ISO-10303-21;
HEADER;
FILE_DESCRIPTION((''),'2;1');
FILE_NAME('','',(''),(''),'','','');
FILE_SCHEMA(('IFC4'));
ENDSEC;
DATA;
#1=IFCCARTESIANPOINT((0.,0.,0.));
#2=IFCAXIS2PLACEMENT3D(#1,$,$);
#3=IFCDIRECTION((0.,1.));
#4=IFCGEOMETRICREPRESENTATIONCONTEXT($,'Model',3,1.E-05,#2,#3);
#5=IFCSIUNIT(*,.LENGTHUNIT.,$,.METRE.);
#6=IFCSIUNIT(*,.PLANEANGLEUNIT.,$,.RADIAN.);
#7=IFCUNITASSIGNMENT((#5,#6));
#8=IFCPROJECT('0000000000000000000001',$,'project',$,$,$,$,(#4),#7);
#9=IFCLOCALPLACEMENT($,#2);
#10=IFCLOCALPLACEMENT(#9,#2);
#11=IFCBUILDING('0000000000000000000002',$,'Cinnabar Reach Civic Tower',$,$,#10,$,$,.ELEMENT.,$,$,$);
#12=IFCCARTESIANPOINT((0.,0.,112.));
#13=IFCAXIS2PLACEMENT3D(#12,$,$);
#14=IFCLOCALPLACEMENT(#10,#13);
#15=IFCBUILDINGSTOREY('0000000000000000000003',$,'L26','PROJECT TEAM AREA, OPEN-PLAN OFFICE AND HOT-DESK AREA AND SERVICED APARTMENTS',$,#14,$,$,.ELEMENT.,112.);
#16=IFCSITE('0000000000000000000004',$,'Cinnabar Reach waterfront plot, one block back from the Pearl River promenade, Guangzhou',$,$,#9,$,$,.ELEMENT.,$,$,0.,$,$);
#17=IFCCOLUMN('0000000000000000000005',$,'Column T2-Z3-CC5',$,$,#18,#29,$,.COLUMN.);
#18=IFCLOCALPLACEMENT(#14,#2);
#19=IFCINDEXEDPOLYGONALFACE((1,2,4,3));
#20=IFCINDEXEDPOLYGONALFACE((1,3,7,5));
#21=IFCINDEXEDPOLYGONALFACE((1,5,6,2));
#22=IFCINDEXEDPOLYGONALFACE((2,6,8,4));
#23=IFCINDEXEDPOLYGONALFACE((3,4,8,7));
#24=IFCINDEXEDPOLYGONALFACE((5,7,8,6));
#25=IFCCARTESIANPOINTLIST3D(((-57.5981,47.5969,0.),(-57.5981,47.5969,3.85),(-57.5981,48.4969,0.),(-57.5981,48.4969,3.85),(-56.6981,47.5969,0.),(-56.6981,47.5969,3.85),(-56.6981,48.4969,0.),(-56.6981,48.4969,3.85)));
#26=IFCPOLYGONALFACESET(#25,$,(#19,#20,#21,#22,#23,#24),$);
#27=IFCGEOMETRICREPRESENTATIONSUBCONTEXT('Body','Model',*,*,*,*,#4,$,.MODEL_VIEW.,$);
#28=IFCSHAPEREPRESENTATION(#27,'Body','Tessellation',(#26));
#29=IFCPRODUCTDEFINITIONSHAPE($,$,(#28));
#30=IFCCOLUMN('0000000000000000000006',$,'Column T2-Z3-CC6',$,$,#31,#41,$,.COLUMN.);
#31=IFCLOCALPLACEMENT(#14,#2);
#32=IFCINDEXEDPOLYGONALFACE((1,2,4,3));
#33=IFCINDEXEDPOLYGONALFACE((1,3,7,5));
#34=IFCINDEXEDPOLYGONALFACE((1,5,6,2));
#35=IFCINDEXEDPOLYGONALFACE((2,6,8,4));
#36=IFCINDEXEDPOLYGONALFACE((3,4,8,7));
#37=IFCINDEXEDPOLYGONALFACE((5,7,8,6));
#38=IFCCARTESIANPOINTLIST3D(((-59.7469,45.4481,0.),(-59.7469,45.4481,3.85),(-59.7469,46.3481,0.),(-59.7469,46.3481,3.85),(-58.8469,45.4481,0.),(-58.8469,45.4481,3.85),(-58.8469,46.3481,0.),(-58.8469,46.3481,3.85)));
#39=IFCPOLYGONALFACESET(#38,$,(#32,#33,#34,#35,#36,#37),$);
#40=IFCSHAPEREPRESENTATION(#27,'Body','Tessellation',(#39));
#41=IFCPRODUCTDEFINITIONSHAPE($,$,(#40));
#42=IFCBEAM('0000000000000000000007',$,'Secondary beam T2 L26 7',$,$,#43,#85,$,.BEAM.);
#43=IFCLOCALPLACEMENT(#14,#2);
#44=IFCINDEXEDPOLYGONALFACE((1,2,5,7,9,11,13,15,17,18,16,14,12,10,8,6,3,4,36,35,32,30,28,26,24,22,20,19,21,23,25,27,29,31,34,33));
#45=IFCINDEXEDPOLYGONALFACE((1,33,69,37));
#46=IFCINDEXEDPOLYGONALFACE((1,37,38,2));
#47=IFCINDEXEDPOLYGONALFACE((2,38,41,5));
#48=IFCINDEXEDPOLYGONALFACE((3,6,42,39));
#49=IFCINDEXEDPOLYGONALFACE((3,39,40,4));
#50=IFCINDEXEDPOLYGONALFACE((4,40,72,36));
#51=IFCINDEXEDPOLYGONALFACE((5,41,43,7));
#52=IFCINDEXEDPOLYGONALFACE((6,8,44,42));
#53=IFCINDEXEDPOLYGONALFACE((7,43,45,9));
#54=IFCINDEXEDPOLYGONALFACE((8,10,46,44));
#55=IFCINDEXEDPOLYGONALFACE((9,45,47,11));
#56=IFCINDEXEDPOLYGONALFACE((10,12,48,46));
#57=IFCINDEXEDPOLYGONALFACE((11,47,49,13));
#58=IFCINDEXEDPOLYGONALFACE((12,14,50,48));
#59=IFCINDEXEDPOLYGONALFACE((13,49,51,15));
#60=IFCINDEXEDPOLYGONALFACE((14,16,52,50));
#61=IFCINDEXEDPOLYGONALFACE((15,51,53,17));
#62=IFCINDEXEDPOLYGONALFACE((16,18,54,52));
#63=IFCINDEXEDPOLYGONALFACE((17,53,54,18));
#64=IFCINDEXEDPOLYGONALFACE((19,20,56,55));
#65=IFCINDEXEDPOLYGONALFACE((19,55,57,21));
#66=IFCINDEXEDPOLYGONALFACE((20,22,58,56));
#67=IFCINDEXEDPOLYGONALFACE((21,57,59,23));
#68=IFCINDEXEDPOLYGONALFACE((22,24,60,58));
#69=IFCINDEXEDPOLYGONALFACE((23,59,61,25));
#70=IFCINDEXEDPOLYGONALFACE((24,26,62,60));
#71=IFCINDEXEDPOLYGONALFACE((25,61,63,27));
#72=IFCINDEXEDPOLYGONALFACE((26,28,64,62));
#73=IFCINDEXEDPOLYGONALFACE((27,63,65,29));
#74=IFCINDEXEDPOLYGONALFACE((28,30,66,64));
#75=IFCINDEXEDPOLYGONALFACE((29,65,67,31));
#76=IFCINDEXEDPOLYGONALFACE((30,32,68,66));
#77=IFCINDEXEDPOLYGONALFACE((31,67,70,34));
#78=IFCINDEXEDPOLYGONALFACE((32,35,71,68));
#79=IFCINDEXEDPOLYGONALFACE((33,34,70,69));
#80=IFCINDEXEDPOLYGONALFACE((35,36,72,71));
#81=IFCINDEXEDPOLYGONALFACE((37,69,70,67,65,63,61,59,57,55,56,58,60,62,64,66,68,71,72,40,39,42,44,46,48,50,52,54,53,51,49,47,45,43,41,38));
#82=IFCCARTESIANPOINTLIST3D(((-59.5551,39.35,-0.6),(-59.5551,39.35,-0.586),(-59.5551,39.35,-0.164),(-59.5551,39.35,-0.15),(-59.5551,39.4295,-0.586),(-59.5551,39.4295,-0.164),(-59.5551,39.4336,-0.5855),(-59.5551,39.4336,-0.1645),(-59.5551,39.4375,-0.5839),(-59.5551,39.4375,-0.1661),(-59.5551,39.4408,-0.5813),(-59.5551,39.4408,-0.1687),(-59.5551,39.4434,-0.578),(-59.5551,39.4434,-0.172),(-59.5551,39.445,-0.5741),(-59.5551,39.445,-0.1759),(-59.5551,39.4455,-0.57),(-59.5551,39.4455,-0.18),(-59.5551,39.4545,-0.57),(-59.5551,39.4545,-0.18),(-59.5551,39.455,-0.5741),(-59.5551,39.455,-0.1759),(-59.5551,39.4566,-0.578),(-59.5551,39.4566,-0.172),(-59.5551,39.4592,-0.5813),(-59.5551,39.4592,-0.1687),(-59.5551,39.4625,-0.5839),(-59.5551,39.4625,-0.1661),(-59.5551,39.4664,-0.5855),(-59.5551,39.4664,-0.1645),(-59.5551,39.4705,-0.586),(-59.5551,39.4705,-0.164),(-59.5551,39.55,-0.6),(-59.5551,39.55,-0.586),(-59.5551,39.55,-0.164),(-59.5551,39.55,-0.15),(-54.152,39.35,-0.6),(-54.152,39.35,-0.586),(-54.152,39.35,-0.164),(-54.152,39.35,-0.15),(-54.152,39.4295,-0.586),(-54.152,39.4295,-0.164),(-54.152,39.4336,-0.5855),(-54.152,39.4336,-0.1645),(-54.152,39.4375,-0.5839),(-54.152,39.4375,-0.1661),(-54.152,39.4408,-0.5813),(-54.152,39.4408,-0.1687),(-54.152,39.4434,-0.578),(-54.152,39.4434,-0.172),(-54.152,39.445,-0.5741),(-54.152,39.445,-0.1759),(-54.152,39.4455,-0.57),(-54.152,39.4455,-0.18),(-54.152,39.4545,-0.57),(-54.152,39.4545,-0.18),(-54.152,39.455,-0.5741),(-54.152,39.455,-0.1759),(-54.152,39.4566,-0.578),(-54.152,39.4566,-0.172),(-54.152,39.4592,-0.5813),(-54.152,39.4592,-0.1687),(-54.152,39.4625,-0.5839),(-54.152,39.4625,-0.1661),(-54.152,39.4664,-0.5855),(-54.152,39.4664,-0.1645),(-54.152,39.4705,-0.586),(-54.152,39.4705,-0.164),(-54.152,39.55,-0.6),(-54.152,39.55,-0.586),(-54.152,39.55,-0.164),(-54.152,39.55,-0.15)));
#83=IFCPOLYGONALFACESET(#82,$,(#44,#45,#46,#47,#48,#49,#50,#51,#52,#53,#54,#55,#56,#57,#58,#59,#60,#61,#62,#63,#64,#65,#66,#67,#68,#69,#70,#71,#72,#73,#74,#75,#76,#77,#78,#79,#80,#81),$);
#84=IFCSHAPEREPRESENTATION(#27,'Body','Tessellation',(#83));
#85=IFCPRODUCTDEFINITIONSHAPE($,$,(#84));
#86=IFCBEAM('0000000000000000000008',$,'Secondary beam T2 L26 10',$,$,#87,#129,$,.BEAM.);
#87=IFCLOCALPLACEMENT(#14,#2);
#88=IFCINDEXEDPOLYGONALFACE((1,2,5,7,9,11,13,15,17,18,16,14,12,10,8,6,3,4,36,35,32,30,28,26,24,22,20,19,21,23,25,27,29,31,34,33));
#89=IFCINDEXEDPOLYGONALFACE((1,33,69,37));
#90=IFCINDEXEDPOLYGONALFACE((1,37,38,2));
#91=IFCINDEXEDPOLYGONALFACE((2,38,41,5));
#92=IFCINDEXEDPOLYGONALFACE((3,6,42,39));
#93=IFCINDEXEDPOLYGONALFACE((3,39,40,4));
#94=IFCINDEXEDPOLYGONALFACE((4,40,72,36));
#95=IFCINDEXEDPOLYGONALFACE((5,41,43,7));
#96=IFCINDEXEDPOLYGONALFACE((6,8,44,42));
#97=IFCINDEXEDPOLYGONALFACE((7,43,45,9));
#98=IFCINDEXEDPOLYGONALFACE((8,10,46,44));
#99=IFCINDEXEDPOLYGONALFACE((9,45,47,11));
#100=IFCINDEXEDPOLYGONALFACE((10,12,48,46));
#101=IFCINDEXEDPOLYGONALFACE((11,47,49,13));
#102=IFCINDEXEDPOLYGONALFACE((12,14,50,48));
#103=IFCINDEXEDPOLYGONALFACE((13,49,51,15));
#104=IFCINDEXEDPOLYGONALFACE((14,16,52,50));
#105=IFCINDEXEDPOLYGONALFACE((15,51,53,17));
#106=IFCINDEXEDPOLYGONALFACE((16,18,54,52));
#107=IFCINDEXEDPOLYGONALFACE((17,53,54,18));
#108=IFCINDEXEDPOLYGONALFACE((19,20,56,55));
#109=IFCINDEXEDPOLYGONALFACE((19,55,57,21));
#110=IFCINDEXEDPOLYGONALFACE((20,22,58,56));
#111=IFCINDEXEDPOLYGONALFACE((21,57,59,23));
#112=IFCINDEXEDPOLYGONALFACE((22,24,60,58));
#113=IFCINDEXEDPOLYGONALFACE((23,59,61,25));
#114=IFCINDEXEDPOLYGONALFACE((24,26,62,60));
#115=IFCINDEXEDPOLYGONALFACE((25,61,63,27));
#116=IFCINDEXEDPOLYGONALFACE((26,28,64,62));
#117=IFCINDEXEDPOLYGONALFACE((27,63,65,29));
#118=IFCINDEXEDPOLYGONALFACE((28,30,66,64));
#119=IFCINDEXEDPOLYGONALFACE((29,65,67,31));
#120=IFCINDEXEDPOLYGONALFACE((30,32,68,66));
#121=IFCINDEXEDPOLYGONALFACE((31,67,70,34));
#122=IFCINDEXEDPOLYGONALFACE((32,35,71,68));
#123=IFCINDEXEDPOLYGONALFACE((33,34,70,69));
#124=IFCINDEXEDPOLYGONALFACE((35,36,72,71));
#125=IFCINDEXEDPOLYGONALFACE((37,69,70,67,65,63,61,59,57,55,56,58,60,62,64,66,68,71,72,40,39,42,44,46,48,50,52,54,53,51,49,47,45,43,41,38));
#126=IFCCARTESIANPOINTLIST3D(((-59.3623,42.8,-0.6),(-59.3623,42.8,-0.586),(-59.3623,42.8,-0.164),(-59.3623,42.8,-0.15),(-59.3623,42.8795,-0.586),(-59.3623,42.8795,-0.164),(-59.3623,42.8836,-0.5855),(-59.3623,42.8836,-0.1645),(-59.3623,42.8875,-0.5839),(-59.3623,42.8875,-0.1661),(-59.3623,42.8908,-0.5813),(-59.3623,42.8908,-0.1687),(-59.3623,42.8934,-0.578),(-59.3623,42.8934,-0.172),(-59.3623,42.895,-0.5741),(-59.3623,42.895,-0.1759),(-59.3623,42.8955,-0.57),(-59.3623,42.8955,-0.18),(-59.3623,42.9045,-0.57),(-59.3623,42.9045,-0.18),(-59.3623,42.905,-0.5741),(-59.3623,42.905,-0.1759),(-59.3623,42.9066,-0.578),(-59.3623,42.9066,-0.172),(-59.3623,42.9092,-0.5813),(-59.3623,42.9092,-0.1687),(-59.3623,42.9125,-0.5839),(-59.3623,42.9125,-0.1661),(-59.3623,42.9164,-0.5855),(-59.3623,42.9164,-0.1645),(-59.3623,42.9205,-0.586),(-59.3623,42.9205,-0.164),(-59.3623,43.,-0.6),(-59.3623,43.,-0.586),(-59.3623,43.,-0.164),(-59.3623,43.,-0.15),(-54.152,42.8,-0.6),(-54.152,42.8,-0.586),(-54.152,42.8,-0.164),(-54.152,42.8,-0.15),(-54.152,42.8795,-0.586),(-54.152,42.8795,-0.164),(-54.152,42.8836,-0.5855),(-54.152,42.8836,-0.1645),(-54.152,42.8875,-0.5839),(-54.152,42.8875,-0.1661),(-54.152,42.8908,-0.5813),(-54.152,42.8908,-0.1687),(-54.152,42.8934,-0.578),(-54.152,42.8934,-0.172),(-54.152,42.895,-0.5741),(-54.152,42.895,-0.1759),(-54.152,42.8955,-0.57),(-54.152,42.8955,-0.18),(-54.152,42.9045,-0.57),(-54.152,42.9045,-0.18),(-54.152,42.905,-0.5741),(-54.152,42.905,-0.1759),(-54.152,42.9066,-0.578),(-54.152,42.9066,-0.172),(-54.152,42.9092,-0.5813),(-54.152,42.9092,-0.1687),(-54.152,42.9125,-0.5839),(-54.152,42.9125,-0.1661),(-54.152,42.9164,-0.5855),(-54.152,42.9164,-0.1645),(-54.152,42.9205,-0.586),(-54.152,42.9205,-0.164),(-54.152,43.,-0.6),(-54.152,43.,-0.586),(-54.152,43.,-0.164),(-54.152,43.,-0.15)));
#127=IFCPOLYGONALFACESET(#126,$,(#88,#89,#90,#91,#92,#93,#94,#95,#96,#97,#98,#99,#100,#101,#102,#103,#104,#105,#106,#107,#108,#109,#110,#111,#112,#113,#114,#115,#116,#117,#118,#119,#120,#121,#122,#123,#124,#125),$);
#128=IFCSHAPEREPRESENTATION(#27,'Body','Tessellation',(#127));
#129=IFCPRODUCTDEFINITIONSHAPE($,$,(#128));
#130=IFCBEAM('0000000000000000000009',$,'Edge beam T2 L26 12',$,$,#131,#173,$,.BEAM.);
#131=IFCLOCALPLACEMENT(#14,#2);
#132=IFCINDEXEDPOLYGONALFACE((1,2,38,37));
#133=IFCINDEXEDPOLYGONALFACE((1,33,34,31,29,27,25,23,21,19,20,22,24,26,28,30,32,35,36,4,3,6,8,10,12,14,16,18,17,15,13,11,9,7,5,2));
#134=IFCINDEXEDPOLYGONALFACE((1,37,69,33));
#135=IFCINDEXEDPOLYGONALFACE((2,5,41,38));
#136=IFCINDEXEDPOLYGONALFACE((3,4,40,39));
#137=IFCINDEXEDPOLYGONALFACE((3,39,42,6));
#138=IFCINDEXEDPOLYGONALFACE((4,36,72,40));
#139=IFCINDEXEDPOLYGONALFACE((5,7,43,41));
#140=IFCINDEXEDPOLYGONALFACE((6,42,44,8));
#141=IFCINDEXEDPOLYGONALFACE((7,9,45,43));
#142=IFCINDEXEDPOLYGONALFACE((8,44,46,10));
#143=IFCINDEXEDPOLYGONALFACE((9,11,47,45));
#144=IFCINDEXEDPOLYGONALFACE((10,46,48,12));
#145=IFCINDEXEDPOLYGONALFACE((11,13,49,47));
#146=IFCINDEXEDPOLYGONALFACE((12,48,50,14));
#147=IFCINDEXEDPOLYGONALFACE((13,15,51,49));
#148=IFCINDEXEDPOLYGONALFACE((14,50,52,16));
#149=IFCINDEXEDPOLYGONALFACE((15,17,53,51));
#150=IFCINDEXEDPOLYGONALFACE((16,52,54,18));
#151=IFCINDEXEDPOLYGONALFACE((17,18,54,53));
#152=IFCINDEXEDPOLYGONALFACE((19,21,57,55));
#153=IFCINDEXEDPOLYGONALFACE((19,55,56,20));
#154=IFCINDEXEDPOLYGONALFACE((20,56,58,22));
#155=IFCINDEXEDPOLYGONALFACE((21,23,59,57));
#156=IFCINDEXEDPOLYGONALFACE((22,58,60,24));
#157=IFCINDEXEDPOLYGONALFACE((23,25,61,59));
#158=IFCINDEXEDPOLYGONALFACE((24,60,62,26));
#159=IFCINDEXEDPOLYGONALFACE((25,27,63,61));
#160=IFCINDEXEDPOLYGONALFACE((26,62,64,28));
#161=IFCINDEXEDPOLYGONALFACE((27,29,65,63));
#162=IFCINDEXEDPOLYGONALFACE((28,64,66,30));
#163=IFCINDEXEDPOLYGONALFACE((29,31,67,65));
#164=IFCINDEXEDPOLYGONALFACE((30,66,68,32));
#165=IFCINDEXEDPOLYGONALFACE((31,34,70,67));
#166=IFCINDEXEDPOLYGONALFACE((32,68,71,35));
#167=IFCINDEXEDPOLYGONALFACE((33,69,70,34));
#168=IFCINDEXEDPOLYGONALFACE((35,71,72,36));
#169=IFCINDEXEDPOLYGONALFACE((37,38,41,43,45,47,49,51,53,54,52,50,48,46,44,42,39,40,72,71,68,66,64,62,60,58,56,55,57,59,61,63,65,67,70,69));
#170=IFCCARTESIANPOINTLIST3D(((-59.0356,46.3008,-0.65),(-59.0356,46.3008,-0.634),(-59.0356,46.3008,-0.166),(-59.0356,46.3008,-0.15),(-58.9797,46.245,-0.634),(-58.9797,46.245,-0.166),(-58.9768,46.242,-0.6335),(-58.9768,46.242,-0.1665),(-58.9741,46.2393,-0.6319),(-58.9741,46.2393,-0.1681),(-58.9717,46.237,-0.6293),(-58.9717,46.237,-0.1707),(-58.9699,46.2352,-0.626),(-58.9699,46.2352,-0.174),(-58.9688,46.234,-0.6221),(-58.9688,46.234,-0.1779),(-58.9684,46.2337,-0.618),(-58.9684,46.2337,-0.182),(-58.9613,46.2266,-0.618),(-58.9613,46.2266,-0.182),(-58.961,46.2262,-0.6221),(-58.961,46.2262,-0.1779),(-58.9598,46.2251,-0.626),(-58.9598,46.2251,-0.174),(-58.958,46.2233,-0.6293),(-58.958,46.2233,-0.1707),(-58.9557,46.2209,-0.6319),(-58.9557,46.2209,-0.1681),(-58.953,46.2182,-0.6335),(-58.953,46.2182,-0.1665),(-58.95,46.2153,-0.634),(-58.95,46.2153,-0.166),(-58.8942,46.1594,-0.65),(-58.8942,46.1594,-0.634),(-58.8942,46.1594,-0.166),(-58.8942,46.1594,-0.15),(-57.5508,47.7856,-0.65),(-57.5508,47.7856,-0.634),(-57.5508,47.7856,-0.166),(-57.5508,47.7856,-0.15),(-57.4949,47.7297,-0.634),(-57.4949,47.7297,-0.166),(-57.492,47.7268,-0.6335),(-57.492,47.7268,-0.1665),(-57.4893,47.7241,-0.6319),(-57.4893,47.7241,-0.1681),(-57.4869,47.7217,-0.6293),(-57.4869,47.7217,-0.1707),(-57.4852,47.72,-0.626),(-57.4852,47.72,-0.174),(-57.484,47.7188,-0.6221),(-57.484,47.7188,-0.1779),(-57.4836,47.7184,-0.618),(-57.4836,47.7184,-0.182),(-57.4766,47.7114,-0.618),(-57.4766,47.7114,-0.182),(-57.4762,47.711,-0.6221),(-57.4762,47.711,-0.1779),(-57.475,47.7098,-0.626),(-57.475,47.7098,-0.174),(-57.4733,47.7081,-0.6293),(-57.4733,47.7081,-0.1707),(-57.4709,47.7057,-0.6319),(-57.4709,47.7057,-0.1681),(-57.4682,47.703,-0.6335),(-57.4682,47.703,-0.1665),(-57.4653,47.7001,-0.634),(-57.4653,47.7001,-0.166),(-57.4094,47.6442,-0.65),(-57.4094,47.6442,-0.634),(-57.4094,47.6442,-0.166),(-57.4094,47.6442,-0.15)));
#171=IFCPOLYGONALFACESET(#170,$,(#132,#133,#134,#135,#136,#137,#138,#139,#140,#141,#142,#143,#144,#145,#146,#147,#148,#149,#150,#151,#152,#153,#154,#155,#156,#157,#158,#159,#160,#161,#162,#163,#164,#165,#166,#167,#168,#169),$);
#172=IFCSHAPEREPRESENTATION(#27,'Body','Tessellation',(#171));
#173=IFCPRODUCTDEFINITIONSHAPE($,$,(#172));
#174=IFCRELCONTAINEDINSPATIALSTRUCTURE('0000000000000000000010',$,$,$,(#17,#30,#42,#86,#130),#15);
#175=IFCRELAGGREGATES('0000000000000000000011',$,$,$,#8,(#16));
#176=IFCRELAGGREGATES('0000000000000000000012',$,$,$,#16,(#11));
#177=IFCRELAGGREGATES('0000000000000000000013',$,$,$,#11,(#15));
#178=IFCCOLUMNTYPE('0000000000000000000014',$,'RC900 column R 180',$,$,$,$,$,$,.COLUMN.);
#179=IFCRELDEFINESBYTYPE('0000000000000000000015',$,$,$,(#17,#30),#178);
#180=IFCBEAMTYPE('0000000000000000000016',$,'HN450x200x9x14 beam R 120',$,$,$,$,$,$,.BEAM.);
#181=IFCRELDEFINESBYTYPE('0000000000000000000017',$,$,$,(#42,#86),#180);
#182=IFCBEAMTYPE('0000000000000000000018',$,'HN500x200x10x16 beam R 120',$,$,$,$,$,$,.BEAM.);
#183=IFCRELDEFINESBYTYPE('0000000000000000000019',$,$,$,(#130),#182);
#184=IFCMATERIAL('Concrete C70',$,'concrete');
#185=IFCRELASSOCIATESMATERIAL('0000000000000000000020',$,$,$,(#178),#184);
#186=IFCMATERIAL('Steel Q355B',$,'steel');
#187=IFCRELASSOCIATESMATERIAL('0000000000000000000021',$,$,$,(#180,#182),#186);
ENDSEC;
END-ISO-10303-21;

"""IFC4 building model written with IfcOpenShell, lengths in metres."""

from ifc_helpers import new_model, si_unit, direction, frame, origin, origin_2d, place, context, subcontext, project, spatial, rectangle, i_section, extrude, material, material_profile, profile_set, type_object, element, save


model = new_model("IFC4")

# Units and contexts
model_context = context("Model", 3, precision=1e-05, world=origin(), true_north=direction((0.0, 1.0)))
body_context = subcontext(model_context, "Body", "Model", "MODEL_VIEW")
ifc_project = project(units=[si_unit("LENGTHUNIT", "METRE"), si_unit("PLANEANGLEUNIT", "RADIAN")], contexts=[model_context])

# Site, building, storey
site_placement = place(None, origin())
site = spatial("IfcSite", under=ifc_project, at=site_placement, Name="Cinnabar Reach waterfront plot, one block back from the Pearl River promenade, Guangzhou", CompositionType="ELEMENT", RefElevation=0.0)
building_placement = place(site_placement, origin())
building = spatial("IfcBuilding", under=site, at=building_placement, Name="Cinnabar Reach Civic Tower", CompositionType="ELEMENT")
storey_placement = place(building_placement, frame((0.0, 0.0, 112.0)))
storey = spatial("IfcBuildingStorey", under=building, at=storey_placement, Name="L26", Description="PROJECT TEAM AREA, OPEN-PLAN OFFICE AND HOT-DESK AREA AND SERVICED APARTMENTS", CompositionType="ELEMENT", Elevation=112.0)

# Columns
ifc_material_1 = material(Name="Concrete C70", Category="concrete")
ifc_material_profile_1 = material_profile(ifc_material_1, rectangle(XDim=0.9, YDim=0.9, at=origin_2d()), Name="RC900")
ifc_profile_set_1 = profile_set([ifc_material_profile_1], Name="Concrete C70")
column_type = type_object("IfcColumnType", Name="RC900 column R 180", PredefinedType="COLUMN", material=ifc_profile_set_1)
for number, where, z_axis, x_axis, name in (
    (1, (-57.1481, 48.0469, 0.0), (0.0, 0.0, 1.0), (1.0, 0.0, 0.0), "Column T2-Z3-CC5"),
    (2, (-59.2969, 45.8981, 0.0), (0.0, 0.0, 1.0), (1.0, 0.0, 0.0), "Column T2-Z3-CC6"),
):
    element("IfcColumn", number, at=place(storey_placement, frame(where, z_axis=z_axis, x_axis=x_axis)), inside=storey, type_object=column_type, Name=name, PredefinedType="COLUMN", context=body_context, shape_type="SweptSolid", body=[
        extrude(rectangle(XDim=0.9, YDim=0.9, at=origin_2d()), origin(), (0.0, 0.0, 1.0), 3.85),
    ])

# Beams
ifc_material_2 = material(Name="Steel Q355B", Category="steel")
ifc_material_profile_2 = material_profile(ifc_material_2, i_section(OverallWidth=0.2, OverallDepth=0.45, WebThickness=0.009, FlangeThickness=0.014, FilletRadius=0.016, at=origin_2d()), Name="HN450x200x9x14")
ifc_profile_set_2 = profile_set([ifc_material_profile_2], Name="Steel Q355B")
beam_type_1 = type_object("IfcBeamType", Name="HN450x200x9x14 beam R 120", PredefinedType="BEAM", material=ifc_profile_set_2)
beam_1_placement = place(storey_placement, frame((-59.5551, 39.45, -0.375), z_axis=(1.0, 0.0, 0.0), x_axis=(0.0, 1.0, 0.0)))
element("IfcBeam", 3, at=beam_1_placement, inside=storey, type_object=beam_type_1, Name="Secondary beam T2 L26 7", PredefinedType="BEAM", context=body_context, shape_type="SweptSolid", body=[
    extrude(i_section(OverallWidth=0.2, OverallDepth=0.45, WebThickness=0.009, FlangeThickness=0.014, FilletRadius=0.016, at=origin_2d()), origin(), (0.0, 0.0, 1.0), 5.4031),
])
beam_2_placement = place(storey_placement, frame((-59.3623, 42.9, -0.375), z_axis=(1.0, 0.0, 0.0), x_axis=(0.0, 1.0, 0.0)))
element("IfcBeam", 4, at=beam_2_placement, inside=storey, type_object=beam_type_1, Name="Secondary beam T2 L26 10", PredefinedType="BEAM", context=body_context, shape_type="SweptSolid", body=[
    extrude(i_section(OverallWidth=0.2, OverallDepth=0.45, WebThickness=0.009, FlangeThickness=0.014, FilletRadius=0.016, at=origin_2d()), origin(), (0.0, 0.0, 1.0), 5.2103),
])
ifc_material_profile_3 = material_profile(ifc_material_2, i_section(OverallWidth=0.2, OverallDepth=0.5, WebThickness=0.01, FlangeThickness=0.016, FilletRadius=0.016, at=origin_2d()), Name="HN500x200x10x16")
ifc_profile_set_3 = profile_set([ifc_material_profile_3], Name="Steel Q355B")
beam_type_2 = type_object("IfcBeamType", Name="HN500x200x10x16 beam R 120", PredefinedType="BEAM", material=ifc_profile_set_3)
beam_3_placement = place(storey_placement, frame((-57.4801, 47.7149, -0.4), z_axis=(-0.707107, -0.707107, 0.0), x_axis=(0.707107, -0.707107, 0.0)))
element("IfcBeam", 5, at=beam_3_placement, inside=storey, type_object=beam_type_2, Name="Edge beam T2 L26 12", PredefinedType="BEAM", context=body_context, shape_type="SweptSolid", body=[
    extrude(i_section(OverallWidth=0.2, OverallDepth=0.5, WebThickness=0.01, FlangeThickness=0.016, FilletRadius=0.016, at=origin_2d()), origin(), (0.0, 0.0, 1.0), 2.0998),
])

save(model, "model.ifc")
